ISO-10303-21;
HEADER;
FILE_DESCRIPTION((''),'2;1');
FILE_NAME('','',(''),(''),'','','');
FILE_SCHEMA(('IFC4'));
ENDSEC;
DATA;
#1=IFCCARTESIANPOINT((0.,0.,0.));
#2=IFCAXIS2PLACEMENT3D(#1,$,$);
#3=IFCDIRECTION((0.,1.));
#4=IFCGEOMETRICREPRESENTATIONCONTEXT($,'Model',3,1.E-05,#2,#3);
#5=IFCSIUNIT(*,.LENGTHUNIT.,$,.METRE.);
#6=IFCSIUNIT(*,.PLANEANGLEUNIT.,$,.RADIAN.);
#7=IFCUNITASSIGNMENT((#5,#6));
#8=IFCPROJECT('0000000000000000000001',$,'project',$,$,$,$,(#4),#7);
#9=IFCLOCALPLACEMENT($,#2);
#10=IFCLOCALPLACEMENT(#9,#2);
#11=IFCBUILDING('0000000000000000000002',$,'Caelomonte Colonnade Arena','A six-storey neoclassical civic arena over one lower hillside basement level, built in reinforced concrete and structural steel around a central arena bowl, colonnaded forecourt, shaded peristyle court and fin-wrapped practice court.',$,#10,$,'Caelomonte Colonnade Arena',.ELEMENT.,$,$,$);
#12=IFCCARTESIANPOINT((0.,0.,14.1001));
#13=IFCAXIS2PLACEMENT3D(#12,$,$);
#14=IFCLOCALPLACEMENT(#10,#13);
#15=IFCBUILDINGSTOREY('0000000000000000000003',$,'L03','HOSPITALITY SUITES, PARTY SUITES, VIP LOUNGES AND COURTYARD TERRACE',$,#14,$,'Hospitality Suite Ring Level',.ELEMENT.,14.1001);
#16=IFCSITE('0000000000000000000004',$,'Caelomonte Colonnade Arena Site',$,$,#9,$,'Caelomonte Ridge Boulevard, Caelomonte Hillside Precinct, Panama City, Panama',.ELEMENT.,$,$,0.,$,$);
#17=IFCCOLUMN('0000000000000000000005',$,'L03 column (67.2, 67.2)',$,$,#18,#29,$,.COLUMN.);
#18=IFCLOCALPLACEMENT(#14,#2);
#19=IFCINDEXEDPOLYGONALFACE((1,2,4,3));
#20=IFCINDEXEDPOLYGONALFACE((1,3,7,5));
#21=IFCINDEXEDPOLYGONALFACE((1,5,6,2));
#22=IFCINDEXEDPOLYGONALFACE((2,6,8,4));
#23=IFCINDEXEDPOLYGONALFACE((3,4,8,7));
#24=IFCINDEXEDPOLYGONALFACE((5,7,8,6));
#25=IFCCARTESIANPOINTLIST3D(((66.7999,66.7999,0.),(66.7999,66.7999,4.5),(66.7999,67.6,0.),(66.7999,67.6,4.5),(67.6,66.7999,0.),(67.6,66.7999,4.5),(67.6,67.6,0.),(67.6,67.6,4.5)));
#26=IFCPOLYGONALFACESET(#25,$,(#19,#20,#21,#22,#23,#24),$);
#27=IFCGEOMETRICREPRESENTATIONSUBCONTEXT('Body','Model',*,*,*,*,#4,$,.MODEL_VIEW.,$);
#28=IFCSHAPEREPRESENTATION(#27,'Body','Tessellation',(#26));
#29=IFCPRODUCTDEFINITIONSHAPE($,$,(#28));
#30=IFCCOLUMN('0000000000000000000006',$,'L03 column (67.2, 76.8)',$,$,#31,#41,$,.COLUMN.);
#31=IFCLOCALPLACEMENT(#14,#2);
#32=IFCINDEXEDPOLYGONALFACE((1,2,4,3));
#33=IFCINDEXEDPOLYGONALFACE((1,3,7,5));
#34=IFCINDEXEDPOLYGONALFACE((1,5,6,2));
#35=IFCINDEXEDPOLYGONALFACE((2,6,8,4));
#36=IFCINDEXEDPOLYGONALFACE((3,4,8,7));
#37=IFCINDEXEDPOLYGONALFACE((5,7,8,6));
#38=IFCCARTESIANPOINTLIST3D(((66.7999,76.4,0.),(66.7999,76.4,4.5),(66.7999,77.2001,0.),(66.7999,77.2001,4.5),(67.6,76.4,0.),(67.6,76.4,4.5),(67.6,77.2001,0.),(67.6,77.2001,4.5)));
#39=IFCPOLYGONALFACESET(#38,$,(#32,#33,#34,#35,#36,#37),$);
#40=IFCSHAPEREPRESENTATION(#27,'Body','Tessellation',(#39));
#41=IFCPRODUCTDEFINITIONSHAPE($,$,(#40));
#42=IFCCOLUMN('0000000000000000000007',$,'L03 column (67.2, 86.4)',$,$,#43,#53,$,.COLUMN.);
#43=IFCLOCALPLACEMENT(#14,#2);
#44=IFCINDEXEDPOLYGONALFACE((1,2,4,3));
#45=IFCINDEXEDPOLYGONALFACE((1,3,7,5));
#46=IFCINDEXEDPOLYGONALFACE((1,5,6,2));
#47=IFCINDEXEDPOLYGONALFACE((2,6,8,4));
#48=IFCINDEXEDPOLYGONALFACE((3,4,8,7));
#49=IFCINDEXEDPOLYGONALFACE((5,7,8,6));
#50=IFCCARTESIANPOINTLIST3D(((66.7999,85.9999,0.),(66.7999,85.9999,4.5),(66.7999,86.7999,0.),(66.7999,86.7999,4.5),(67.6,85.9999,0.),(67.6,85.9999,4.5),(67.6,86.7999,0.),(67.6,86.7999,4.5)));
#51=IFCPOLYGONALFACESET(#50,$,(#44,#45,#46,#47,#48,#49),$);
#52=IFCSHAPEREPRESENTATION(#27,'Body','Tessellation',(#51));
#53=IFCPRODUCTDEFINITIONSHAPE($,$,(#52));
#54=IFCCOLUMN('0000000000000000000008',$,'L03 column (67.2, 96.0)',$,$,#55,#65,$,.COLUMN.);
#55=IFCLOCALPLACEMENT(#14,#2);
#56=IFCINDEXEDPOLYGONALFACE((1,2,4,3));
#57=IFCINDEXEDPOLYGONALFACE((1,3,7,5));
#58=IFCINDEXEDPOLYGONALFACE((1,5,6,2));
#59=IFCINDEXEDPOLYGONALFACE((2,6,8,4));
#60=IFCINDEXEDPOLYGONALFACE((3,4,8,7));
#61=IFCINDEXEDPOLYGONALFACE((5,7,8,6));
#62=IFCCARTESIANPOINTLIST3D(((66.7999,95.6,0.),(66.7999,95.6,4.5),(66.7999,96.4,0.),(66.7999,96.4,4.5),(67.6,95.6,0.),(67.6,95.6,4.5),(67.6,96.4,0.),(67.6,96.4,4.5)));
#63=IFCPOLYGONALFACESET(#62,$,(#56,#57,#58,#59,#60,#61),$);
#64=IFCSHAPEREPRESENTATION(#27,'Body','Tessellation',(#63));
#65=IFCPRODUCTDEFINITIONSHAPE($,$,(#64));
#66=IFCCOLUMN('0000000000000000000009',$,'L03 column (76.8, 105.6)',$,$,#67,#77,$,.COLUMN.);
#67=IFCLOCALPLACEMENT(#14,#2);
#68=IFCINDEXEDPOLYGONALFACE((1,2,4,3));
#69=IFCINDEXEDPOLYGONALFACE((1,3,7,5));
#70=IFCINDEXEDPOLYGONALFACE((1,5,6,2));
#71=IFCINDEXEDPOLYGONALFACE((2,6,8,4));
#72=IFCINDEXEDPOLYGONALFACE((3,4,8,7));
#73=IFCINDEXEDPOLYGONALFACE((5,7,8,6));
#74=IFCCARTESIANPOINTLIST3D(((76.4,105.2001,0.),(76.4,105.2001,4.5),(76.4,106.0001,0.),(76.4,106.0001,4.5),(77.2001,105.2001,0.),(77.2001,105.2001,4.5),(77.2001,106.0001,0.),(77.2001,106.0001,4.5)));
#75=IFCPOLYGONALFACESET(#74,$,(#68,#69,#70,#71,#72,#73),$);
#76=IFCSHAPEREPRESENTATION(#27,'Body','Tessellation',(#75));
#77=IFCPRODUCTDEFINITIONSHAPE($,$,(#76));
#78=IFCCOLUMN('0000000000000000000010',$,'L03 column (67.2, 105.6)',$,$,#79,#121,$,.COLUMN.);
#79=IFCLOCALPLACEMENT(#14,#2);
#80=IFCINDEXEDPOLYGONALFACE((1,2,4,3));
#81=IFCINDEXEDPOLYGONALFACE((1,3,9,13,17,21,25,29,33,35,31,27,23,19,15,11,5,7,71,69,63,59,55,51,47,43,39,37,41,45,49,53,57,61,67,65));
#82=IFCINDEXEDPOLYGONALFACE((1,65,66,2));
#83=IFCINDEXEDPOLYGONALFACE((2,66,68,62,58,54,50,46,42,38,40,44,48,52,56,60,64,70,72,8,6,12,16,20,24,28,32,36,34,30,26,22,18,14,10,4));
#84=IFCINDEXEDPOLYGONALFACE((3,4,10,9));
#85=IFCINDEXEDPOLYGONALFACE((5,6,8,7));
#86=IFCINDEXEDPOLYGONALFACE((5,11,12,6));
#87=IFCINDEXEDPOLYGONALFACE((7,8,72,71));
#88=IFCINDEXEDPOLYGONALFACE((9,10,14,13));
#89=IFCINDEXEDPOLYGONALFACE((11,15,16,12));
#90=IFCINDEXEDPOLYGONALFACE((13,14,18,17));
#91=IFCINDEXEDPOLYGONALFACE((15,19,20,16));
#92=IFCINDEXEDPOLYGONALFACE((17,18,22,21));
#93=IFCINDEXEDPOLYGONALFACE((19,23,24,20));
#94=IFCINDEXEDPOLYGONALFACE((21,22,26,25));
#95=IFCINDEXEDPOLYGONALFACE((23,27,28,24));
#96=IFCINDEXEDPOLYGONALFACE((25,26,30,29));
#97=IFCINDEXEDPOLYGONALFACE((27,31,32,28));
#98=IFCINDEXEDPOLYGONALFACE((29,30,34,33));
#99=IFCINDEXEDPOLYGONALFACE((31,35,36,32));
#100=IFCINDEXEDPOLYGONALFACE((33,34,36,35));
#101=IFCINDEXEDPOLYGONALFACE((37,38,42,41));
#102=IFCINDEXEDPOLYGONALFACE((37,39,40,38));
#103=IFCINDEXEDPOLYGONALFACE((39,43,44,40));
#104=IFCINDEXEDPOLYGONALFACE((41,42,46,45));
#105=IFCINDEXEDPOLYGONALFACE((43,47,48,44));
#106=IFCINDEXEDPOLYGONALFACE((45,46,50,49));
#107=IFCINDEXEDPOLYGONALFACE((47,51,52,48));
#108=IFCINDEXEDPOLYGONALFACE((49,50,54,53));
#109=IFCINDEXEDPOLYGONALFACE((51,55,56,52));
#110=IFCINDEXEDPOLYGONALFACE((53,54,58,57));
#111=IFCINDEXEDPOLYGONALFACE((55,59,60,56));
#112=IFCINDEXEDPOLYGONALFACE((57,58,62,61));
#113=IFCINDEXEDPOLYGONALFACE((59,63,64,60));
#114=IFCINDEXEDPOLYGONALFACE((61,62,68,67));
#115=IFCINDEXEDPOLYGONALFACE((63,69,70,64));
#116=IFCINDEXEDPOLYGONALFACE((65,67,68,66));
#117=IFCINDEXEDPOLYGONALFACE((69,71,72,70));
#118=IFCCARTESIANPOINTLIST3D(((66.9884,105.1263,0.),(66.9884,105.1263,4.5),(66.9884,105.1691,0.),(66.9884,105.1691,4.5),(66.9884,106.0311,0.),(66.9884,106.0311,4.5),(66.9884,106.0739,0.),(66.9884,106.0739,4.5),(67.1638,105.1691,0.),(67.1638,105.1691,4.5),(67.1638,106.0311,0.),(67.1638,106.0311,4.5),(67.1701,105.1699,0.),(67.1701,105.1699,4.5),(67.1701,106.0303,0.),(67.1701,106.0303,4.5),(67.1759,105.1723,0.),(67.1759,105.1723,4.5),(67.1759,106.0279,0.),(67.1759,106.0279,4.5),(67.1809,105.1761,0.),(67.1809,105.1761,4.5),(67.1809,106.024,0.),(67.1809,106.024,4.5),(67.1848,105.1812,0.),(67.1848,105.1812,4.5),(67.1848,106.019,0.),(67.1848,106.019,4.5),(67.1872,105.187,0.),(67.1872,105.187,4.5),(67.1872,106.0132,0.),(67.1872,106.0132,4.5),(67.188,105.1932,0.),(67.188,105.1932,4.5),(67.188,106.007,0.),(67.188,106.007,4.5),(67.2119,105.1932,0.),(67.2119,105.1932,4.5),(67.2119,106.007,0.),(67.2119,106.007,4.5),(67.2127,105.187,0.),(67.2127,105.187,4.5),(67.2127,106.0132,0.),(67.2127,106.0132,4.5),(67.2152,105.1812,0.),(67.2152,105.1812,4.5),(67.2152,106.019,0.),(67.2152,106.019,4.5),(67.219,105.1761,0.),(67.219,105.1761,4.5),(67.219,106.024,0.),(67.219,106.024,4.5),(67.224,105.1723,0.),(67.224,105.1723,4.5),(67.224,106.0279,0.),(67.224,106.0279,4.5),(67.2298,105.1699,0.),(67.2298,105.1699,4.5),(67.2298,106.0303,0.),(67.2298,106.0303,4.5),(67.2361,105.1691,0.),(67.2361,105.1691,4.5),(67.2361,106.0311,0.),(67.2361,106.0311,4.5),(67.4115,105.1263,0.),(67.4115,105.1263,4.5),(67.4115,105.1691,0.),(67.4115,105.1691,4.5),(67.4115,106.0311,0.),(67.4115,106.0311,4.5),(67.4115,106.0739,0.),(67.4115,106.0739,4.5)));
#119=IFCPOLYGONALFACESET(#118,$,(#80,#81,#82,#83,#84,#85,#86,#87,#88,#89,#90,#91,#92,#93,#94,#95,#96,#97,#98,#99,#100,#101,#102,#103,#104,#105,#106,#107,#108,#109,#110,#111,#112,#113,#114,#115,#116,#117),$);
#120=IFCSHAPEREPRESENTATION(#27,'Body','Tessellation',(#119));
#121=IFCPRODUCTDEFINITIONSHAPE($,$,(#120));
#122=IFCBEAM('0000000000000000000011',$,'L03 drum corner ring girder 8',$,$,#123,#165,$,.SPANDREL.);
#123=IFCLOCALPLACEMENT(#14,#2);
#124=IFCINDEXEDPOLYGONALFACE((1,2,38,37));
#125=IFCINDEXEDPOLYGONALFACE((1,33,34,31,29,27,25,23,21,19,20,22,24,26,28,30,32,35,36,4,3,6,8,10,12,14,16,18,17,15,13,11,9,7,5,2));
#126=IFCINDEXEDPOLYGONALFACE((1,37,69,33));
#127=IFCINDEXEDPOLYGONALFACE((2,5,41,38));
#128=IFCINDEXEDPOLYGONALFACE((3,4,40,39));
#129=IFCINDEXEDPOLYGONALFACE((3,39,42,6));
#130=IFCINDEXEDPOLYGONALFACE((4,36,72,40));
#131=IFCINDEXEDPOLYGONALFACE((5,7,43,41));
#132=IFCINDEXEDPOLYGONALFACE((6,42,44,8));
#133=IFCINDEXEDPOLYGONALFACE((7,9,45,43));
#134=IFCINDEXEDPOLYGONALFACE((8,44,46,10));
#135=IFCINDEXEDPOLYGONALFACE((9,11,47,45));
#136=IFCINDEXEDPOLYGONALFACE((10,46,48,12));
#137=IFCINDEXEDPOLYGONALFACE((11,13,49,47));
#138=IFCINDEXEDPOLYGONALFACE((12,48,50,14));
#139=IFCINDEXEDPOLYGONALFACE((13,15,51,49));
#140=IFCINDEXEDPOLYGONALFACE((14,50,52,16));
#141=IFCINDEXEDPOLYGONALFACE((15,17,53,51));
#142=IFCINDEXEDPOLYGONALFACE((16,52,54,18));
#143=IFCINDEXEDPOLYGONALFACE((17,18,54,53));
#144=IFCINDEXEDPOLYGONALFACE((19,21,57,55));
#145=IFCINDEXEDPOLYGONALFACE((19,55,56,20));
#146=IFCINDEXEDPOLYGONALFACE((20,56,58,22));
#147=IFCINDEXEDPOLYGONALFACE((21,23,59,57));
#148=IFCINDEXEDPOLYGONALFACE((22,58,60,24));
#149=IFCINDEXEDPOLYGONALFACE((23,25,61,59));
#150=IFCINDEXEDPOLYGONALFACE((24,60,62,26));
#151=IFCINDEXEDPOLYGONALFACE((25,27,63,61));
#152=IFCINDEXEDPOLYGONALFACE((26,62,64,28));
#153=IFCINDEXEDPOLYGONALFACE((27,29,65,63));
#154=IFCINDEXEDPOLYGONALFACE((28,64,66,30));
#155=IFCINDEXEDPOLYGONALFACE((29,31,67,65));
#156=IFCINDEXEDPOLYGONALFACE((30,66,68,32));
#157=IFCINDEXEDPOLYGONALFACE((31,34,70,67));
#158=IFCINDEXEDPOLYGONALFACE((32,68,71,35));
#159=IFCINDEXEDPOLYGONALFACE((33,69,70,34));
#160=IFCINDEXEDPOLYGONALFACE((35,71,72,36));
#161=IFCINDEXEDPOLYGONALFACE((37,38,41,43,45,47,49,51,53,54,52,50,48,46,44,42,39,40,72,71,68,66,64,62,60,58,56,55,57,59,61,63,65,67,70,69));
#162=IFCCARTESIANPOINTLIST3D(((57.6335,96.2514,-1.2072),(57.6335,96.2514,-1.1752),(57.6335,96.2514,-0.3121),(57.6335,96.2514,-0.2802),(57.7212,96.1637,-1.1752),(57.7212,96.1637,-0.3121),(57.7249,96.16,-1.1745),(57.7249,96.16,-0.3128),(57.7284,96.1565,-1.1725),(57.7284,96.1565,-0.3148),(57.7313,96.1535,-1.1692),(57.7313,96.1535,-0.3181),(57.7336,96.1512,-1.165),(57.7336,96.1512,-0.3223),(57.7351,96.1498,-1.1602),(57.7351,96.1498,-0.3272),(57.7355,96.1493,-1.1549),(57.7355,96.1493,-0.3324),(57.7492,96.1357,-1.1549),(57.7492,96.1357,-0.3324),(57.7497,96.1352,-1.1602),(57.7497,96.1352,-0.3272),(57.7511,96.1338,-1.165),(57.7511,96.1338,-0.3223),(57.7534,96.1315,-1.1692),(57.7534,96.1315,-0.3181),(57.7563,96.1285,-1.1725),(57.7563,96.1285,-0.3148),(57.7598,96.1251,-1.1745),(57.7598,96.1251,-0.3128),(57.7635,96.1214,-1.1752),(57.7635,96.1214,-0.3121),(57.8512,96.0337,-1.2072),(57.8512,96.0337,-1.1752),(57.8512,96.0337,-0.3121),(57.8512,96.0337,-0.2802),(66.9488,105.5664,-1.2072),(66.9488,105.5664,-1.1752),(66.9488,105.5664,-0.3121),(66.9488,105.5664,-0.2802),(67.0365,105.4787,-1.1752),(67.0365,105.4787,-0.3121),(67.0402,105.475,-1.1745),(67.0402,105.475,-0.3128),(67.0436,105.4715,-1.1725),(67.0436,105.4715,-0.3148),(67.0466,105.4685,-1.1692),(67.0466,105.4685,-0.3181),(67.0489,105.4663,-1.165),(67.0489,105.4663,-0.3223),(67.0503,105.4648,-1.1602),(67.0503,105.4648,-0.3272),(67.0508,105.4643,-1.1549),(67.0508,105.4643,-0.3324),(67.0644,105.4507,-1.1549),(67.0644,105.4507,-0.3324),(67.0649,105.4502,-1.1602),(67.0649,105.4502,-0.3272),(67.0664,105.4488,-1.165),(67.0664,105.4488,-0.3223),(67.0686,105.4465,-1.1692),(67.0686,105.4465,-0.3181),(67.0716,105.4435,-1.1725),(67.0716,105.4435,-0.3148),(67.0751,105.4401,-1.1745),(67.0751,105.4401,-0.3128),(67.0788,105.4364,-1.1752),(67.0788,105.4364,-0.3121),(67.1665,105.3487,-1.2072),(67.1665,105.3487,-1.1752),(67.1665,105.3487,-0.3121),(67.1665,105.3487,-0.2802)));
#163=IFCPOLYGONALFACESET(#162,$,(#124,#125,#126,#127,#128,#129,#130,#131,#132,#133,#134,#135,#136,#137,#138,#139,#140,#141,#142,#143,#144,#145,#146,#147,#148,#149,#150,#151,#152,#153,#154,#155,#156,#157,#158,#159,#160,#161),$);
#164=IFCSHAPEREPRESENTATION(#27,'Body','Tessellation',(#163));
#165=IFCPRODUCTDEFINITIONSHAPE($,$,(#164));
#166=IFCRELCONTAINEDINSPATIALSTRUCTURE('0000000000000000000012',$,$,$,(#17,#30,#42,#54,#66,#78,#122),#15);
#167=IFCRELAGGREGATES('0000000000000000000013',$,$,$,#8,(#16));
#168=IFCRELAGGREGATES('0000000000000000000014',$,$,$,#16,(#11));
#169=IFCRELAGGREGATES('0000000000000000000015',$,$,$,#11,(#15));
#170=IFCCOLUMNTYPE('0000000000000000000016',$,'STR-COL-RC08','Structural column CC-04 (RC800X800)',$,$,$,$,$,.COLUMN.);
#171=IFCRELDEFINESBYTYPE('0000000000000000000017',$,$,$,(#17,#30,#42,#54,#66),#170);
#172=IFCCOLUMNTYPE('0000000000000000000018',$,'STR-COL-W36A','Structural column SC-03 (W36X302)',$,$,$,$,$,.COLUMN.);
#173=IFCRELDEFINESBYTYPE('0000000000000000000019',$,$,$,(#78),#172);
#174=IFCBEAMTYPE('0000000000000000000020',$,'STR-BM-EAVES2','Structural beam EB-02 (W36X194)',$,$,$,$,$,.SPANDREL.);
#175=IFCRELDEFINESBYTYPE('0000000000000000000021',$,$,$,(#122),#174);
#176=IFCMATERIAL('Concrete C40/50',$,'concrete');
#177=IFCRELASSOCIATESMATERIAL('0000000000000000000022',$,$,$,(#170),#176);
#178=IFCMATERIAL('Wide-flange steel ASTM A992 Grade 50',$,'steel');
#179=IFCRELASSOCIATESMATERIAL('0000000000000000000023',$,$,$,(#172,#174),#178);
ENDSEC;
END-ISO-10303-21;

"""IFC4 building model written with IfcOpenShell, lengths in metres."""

from ifc_helpers import new_model, si_unit, direction, frame, origin, origin_2d, place, context, subcontext, project, spatial, rectangle, i_section, extrude, material, material_profile, profile_set, type_object, element, save


model = new_model("IFC4")

# Units and contexts
model_context = context("Model", 3, precision=1e-05, world=origin(), true_north=direction((0.0, 1.0)))
body_context = subcontext(model_context, "Body", "Model", "MODEL_VIEW")
ifc_project = project(units=[si_unit("LENGTHUNIT", "METRE"), si_unit("PLANEANGLEUNIT", "RADIAN")], contexts=[model_context])

# Site, building, storey
site_placement = place(None, origin())
site = spatial("IfcSite", under=ifc_project, at=site_placement, Name="Caelomonte Colonnade Arena Site", LongName="Caelomonte Ridge Boulevard, Caelomonte Hillside Precinct, Panama City, Panama", CompositionType="ELEMENT", RefElevation=0.0)
building_placement = place(site_placement, origin())
building = spatial("IfcBuilding", under=site, at=building_placement, Name="Caelomonte Colonnade Arena", Description="A six-storey neoclassical civic arena over one lower hillside basement level, built in reinforced concrete and structural steel around a central arena bowl, colonnaded forecourt, shaded peristyle court and fin-wrapped practice court.", LongName="Caelomonte Colonnade Arena", CompositionType="ELEMENT")
storey_placement = place(building_placement, frame((0.0, 0.0, 14.1001)))
storey = spatial("IfcBuildingStorey", under=building, at=storey_placement, Name="L03", Description="HOSPITALITY SUITES, PARTY SUITES, VIP LOUNGES AND COURTYARD TERRACE", LongName="Hospitality Suite Ring Level", CompositionType="ELEMENT", Elevation=14.1001)

# Columns
ifc_material_1 = material(Name="Concrete C40/50", Category="concrete")
ifc_material_profile_1 = material_profile(ifc_material_1, rectangle(XDim=0.8, YDim=0.8, at=origin_2d()), Name="RC800X800")
ifc_profile_set_1 = profile_set([ifc_material_profile_1], Name="Concrete C40/50")
column_type_1 = type_object("IfcColumnType", Name="STR-COL-RC08", Description="Structural column CC-04 (RC800X800)", PredefinedType="COLUMN", material=ifc_profile_set_1)
for number, where, z_axis, x_axis, name in (
    (1, (67.2, 67.2, 0.0), (0.0, 0.0, 1.0), (1.0, 0.0, 0.0), "L03 column (67.2, 67.2)"),
    (2, (67.2, 76.8, 0.0), (0.0, 0.0, 1.0), (1.0, 0.0, 0.0), "L03 column (67.2, 76.8)"),
    (3, (67.2, 86.3999, 0.0), (0.0, 0.0, 1.0), (1.0, 0.0, 0.0), "L03 column (67.2, 86.4)"),
    (4, (67.2, 96.0, 0.0), (0.0, 0.0, 1.0), (1.0, 0.0, 0.0), "L03 column (67.2, 96.0)"),
    (5, (76.8, 105.6001, 0.0), (0.0, 0.0, 1.0), (1.0, 0.0, 0.0), "L03 column (76.8, 105.6)"),
):
    element("IfcColumn", number, at=place(storey_placement, frame(where, z_axis=z_axis, x_axis=x_axis)), inside=storey, type_object=column_type_1, Name=name, PredefinedType="COLUMN", context=body_context, shape_type="SweptSolid", body=[
        extrude(rectangle(XDim=0.8, YDim=0.8, at=origin_2d()), origin(), (0.0, 0.0, 1.0), 4.5),
    ])
ifc_material_2 = material(Name="Wide-flange steel ASTM A992 Grade 50", Category="steel")
ifc_material_profile_2 = material_profile(ifc_material_2, i_section(OverallWidth=0.4231, OverallDepth=0.9475, WebThickness=0.0239, FlangeThickness=0.0427, FilletRadius=0.0242, at=origin_2d()), Name="W36X302")
ifc_profile_set_2 = profile_set([ifc_material_profile_2], Name="Wide-flange steel ASTM A992 Grade 50")
column_type_2 = type_object("IfcColumnType", Name="STR-COL-W36A", Description="Structural column SC-03 (W36X302)", PredefinedType="COLUMN", material=ifc_profile_set_2)
column_placement = place(storey_placement, frame((67.2, 105.6001, 0.0), z_axis=(0.0, 0.0, 1.0), x_axis=(1.0, 0.0, 0.0)))
element("IfcColumn", 6, at=column_placement, inside=storey, type_object=column_type_2, Name="L03 column (67.2, 105.6)", PredefinedType="COLUMN", context=body_context, shape_type="SweptSolid", body=[
    extrude(i_section(OverallWidth=0.4231, OverallDepth=0.9475, WebThickness=0.0239, FlangeThickness=0.0427, FilletRadius=0.0242, at=origin_2d()), origin(), (0.0, 0.0, 1.0), 4.5),
])

# Beam
ifc_material_profile_3 = material_profile(ifc_material_2, i_section(OverallWidth=0.3079, OverallDepth=0.927, WebThickness=0.0193, FlangeThickness=0.032, FilletRadius=0.0203, at=origin_2d()), Name="W36X194")
ifc_profile_set_3 = profile_set([ifc_material_profile_3], Name="Wide-flange steel ASTM A992 Grade 50")
beam_type_1 = type_object("IfcBeamType", Name="STR-BM-EAVES2", Description="Structural beam EB-02 (W36X194)", PredefinedType="SPANDREL", material=ifc_profile_set_3)
beam_1_placement = place(storey_placement, frame((67.0576, 105.4575, -0.7437), z_axis=(-0.707116, -0.707098, 0.0), x_axis=(0.707098, -0.707116, 0.0)))
element("IfcBeam", 7, at=beam_1_placement, inside=storey, type_object=beam_type_1, Name="L03 drum corner ring girder 8", PredefinedType="SPANDREL", context=body_context, shape_type="SweptSolid", body=[
    extrude(i_section(OverallWidth=0.3079, OverallDepth=0.927, WebThickness=0.0193, FlangeThickness=0.032, FilletRadius=0.0203, at=origin_2d()), origin(), (0.0, 0.0, 1.0), 13.1736),
])

save(model, "model.ifc")
